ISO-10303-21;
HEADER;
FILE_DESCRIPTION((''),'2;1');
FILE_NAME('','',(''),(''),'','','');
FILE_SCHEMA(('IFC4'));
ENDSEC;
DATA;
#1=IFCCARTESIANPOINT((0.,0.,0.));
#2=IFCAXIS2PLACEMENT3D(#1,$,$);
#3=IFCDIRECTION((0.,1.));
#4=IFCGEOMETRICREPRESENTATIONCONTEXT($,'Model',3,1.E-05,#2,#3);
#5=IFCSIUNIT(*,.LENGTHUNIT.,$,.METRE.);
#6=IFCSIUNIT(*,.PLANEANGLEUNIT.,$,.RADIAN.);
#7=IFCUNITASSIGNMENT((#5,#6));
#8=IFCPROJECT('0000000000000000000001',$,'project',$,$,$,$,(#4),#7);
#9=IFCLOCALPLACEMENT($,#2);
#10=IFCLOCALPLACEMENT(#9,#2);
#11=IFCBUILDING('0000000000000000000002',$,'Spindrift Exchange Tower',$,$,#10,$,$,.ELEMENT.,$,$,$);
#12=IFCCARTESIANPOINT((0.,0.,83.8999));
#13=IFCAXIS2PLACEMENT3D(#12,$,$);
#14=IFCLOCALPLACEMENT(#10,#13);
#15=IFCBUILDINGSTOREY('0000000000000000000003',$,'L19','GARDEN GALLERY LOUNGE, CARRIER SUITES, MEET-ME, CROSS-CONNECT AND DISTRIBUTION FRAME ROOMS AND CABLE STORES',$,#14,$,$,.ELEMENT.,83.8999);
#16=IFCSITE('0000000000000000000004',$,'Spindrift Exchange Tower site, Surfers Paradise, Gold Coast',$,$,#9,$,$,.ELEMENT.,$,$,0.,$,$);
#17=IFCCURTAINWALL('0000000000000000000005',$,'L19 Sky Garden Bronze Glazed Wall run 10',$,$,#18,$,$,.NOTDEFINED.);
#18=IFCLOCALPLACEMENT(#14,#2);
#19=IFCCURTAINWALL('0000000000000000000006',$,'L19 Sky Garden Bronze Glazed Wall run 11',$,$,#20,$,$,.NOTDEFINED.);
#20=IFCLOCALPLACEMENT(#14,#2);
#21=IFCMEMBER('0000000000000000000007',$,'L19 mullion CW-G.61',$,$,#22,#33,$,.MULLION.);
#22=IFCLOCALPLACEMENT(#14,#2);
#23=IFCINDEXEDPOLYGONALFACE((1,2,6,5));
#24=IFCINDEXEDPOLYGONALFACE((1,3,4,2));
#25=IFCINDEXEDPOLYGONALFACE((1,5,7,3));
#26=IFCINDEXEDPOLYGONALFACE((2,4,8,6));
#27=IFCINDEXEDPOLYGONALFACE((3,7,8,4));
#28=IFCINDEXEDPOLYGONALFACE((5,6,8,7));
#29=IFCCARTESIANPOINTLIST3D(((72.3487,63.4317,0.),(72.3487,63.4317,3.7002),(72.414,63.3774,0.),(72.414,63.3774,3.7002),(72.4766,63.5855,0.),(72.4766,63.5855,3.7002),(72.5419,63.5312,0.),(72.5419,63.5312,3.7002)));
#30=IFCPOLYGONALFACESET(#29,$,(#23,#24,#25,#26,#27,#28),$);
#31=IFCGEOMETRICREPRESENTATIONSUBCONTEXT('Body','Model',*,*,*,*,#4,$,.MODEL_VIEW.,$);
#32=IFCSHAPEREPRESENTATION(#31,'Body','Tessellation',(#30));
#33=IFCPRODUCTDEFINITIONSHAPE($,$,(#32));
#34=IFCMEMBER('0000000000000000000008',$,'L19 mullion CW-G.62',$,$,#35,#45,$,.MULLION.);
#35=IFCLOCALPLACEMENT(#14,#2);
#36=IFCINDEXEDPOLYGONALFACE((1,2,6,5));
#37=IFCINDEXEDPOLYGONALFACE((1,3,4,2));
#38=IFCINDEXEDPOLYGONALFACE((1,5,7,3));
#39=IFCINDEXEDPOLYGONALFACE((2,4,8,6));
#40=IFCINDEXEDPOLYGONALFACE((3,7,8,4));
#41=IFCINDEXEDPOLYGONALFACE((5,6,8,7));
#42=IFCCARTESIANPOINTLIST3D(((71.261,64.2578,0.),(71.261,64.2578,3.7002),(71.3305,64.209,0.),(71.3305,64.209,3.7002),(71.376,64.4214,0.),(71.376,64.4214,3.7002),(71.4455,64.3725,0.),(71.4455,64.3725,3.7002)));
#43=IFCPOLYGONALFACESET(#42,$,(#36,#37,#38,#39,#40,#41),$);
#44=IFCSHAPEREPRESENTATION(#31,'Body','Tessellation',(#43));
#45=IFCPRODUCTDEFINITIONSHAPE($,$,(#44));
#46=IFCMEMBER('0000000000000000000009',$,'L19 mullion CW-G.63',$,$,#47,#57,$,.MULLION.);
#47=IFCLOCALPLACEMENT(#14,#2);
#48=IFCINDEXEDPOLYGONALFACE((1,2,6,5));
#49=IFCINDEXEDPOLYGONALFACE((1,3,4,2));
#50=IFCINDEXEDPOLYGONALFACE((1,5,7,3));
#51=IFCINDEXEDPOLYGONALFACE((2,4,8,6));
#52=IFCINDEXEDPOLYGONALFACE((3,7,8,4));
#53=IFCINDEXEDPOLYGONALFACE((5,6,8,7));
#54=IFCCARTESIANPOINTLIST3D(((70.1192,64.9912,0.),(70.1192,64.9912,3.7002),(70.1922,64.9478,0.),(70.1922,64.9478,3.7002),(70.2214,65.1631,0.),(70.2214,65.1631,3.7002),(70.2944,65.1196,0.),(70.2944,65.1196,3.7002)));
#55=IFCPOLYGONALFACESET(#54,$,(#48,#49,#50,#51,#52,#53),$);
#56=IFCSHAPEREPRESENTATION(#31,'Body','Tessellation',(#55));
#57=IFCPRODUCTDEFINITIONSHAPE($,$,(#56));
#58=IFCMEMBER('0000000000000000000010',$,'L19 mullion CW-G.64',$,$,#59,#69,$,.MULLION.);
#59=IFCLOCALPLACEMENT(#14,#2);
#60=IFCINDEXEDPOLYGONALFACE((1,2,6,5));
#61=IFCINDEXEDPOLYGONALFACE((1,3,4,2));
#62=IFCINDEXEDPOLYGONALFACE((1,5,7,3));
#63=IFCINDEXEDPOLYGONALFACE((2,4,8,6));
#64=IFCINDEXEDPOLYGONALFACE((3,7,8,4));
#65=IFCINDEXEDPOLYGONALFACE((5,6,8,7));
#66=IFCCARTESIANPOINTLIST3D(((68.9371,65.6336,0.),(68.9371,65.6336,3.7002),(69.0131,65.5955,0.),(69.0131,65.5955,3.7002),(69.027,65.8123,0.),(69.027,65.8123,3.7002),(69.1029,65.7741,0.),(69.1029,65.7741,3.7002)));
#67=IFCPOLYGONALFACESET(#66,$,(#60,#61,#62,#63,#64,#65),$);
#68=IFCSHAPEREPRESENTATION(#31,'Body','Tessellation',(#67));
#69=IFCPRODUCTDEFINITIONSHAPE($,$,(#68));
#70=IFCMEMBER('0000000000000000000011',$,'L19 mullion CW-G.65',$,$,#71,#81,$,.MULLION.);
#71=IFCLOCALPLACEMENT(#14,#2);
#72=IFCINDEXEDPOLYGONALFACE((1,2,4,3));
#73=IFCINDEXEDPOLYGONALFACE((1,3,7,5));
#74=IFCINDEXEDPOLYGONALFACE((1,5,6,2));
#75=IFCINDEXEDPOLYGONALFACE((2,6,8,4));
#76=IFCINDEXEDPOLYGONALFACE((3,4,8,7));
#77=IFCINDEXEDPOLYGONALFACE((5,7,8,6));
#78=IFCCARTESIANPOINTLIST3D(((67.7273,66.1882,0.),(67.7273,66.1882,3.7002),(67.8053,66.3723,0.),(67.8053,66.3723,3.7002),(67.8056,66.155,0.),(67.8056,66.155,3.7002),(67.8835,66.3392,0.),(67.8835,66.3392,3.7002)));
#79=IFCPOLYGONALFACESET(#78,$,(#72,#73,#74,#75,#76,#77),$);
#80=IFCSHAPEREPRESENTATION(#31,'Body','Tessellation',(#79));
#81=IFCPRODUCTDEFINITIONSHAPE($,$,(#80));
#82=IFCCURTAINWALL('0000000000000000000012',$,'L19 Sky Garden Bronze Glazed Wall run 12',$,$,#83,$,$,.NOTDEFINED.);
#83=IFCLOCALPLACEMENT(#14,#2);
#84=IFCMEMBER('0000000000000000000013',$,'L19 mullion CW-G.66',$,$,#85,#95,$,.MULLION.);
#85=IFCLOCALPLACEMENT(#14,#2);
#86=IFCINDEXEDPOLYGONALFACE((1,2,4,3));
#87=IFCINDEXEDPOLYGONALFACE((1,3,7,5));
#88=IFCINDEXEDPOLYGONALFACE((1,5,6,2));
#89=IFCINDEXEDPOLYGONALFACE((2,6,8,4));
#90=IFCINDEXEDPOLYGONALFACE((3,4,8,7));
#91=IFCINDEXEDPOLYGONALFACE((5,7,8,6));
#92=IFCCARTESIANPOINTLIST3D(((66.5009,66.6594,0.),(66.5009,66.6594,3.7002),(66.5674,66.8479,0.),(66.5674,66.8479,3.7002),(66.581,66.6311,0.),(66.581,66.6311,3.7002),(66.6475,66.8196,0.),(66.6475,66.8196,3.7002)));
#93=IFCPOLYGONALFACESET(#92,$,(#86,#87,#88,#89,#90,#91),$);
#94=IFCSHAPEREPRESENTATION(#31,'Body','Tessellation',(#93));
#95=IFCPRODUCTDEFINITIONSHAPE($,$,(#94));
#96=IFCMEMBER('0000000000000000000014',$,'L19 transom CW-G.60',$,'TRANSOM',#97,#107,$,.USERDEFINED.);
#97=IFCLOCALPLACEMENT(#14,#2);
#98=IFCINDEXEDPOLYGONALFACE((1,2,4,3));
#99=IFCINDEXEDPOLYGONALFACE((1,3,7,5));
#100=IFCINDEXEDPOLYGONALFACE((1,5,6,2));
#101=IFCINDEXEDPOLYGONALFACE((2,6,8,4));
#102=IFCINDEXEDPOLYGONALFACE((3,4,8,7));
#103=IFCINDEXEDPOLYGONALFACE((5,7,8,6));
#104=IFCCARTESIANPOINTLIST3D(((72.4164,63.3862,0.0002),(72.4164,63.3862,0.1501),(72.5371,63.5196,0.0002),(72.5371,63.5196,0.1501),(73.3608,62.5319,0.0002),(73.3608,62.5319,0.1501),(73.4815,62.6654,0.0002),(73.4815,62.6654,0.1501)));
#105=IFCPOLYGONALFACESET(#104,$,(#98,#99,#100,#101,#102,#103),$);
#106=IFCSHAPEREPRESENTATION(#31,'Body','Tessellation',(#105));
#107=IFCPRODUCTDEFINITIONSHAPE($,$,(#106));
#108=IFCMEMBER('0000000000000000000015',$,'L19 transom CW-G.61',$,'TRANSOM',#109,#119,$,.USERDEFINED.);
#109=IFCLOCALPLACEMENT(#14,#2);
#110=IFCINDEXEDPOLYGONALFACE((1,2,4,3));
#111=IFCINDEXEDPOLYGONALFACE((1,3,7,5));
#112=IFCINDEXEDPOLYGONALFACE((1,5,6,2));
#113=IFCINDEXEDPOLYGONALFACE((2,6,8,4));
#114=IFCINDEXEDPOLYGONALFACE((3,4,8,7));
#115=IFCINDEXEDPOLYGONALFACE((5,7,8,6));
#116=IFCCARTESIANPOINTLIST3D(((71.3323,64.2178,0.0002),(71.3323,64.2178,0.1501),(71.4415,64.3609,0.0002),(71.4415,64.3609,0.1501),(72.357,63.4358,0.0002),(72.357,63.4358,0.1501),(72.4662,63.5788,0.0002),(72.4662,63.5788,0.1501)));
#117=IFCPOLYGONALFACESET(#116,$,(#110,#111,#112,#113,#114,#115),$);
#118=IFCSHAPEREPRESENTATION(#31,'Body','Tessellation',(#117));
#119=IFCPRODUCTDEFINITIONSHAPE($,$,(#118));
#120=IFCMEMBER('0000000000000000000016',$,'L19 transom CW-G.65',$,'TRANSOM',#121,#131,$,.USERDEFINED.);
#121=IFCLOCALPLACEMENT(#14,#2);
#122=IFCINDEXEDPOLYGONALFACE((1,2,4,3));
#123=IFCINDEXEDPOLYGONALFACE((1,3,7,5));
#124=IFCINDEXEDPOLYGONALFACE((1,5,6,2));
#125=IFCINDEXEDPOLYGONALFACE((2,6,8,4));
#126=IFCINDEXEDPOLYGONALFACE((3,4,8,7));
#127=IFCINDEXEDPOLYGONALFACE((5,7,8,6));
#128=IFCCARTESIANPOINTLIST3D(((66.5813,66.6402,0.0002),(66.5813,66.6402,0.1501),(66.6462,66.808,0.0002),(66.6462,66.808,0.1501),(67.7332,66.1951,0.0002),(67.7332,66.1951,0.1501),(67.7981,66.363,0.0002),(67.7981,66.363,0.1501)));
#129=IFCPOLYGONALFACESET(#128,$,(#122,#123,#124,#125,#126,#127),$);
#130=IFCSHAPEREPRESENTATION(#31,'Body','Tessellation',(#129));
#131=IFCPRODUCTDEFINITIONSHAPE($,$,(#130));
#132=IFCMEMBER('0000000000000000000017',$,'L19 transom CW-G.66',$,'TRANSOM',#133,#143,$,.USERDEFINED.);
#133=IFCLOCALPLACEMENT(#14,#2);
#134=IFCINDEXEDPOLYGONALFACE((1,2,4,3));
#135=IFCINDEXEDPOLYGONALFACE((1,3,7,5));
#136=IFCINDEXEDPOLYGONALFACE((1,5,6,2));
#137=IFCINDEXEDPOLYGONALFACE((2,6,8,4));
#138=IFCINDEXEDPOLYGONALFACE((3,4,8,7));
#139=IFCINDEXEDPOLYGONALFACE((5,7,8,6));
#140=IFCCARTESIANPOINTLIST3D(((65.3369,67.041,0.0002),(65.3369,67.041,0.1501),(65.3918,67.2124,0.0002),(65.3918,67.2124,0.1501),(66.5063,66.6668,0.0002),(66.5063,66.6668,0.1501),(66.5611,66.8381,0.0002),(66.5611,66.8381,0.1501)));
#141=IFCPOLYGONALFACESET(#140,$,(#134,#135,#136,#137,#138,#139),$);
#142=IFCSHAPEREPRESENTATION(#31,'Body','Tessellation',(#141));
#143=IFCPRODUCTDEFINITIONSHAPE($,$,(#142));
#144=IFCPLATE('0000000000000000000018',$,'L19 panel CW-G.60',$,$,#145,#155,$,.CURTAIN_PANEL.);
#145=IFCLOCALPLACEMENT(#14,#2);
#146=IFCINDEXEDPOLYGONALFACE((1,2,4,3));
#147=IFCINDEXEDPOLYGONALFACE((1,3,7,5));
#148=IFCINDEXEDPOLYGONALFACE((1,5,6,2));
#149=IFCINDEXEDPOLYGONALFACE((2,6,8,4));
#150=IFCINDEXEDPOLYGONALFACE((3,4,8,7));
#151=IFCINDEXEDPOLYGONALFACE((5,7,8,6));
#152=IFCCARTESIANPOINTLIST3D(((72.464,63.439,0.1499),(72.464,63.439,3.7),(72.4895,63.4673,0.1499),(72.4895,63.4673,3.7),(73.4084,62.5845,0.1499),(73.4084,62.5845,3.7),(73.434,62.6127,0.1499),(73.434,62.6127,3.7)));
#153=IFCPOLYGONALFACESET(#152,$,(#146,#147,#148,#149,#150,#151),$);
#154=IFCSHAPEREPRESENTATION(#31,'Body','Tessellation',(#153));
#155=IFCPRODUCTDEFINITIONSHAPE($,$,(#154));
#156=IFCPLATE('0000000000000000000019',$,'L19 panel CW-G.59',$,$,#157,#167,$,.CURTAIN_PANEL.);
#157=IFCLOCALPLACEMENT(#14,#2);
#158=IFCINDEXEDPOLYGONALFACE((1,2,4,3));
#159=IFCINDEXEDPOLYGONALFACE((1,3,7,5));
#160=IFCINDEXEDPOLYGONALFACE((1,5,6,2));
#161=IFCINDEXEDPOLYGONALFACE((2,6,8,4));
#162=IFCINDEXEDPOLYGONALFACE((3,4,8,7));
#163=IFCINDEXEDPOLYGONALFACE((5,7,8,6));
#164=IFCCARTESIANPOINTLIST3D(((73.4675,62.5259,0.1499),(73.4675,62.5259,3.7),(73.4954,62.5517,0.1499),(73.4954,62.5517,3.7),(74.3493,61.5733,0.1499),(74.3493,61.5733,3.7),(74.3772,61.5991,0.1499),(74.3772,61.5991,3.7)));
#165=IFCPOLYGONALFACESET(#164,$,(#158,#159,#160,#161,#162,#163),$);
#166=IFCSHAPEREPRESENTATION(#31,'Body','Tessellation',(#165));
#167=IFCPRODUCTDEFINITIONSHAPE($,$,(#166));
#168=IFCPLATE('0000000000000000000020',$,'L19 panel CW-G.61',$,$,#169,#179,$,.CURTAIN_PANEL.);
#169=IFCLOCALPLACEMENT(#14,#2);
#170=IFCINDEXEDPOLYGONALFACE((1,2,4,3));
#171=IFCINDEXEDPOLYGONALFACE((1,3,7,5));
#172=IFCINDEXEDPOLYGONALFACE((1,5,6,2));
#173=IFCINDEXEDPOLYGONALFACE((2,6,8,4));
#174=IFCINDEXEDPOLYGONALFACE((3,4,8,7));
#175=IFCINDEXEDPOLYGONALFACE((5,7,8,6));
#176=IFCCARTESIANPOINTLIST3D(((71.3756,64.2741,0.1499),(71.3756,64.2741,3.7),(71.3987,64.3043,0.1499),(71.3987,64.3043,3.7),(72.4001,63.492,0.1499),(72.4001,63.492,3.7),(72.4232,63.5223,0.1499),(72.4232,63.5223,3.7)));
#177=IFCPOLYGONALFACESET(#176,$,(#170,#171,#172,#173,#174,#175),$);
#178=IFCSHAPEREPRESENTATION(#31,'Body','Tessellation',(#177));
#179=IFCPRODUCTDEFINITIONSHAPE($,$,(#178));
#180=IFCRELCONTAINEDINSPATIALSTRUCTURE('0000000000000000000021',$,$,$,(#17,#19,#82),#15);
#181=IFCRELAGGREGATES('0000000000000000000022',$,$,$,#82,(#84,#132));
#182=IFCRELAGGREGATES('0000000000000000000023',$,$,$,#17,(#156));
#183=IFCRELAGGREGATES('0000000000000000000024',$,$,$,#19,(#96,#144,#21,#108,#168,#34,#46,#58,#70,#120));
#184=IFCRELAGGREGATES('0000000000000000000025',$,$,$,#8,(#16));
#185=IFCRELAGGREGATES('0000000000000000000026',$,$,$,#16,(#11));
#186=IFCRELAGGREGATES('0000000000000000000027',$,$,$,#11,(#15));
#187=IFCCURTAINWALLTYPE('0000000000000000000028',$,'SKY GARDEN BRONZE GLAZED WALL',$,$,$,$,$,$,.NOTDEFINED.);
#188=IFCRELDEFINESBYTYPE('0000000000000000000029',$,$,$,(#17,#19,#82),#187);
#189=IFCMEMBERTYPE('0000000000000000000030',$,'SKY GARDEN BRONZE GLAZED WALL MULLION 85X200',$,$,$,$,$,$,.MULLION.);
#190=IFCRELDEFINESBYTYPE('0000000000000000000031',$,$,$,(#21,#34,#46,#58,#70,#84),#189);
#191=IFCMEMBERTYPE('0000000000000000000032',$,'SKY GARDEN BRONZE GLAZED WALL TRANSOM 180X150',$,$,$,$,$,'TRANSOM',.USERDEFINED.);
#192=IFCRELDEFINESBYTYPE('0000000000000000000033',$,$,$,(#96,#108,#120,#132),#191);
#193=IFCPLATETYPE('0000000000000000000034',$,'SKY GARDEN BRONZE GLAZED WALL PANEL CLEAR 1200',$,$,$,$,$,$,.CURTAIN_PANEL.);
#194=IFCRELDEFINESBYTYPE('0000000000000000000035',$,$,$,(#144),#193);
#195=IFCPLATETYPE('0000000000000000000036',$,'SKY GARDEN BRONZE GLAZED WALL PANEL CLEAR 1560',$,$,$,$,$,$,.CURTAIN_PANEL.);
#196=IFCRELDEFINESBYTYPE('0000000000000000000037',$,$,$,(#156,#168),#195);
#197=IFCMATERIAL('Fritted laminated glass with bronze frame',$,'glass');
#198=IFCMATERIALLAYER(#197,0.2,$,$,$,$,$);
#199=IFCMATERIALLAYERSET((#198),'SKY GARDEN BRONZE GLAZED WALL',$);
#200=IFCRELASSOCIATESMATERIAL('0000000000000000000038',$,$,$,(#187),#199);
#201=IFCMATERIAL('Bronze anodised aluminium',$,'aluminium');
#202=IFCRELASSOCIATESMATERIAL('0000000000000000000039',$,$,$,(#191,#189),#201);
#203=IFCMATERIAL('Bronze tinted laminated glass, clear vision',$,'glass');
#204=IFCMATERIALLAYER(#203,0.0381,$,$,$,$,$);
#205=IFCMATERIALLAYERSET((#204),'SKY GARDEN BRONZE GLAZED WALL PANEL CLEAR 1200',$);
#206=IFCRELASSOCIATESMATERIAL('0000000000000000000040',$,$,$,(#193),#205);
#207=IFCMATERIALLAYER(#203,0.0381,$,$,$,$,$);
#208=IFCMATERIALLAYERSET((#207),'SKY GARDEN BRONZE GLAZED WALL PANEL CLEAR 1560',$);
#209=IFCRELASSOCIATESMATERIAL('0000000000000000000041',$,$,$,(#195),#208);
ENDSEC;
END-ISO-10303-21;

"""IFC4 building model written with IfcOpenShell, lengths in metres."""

from ifc_helpers import new_model, si_unit, direction, frame, origin, origin_2d, place, context, subcontext, project, spatial, rectangle, extrude, source, transform, mapped, material, layer, layer_set, material_profile, profile_set, type_object, element, aggregate, save


model = new_model("IFC4")

# Units and contexts
model_context = context("Model", 3, precision=1e-05, world=origin(), true_north=direction((0.0, 1.0)))
body_context = subcontext(model_context, "Body", "Model", "MODEL_VIEW")
ifc_project = project(units=[si_unit("LENGTHUNIT", "METRE"), si_unit("PLANEANGLEUNIT", "RADIAN")], contexts=[model_context])

# Site, building, storey
site_placement = place(None, origin())
site = spatial("IfcSite", under=ifc_project, at=site_placement, Name="Spindrift Exchange Tower site, Surfers Paradise, Gold Coast", CompositionType="ELEMENT", RefElevation=0.0)
building_placement = place(site_placement, origin())
building = spatial("IfcBuilding", under=site, at=building_placement, Name="Spindrift Exchange Tower", CompositionType="ELEMENT")
storey_placement = place(building_placement, frame((0.0, 0.0, 83.8999)))
storey = spatial("IfcBuildingStorey", under=building, at=storey_placement, Name="L19", Description="GARDEN GALLERY LOUNGE, CARRIER SUITES, MEET-ME, CROSS-CONNECT AND DISTRIBUTION FRAME ROOMS AND CABLE STORES", CompositionType="ELEMENT", Elevation=83.8999)

# Curtain wall
ifc_material_1 = material(Name="Fritted laminated glass with bronze frame", Category="glass")
ifc_layer_1 = layer(ifc_material_1, 0.2)
ifc_layer_set_1 = layer_set([ifc_layer_1], Name="SKY GARDEN BRONZE GLAZED WALL")
curtain_wall_type = type_object("IfcCurtainWallType", Name="SKY GARDEN BRONZE GLAZED WALL", PredefinedType="NOTDEFINED", material=ifc_layer_set_1)
curtain_wall_1_placement = place(storey_placement, origin())
curtain_wall_1 = element("IfcCurtainWall", 1, at=curtain_wall_1_placement, inside=storey, type_object=curtain_wall_type, Name="L19 Sky Garden Bronze Glazed Wall run 10", PredefinedType="NOTDEFINED")
ifc_material_2 = material(Name="Bronze anodised aluminium", Category="aluminium")
ifc_material_profile_1 = material_profile(ifc_material_2, rectangle(XDim=0.1799, YDim=0.1499, at=origin_2d()), Name="SKY GARDEN BRONZE GLAZED WALL TRANSOM 180X150")
ifc_profile_set_1 = profile_set([ifc_material_profile_1], Name="Bronze anodised aluminium")
member_type_1 = type_object("IfcMemberType", Name="SKY GARDEN BRONZE GLAZED WALL TRANSOM 180X150", ElementType="TRANSOM", PredefinedType="USERDEFINED", material=ifc_profile_set_1)

# Curtain wall
curtain_wall_2_placement = place(storey_placement, origin())
curtain_wall_2 = element("IfcCurtainWall", 2, at=curtain_wall_2_placement, inside=storey, type_object=curtain_wall_type, Name="L19 Sky Garden Bronze Glazed Wall run 11", PredefinedType="NOTDEFINED")

# Members
ifc_material_profile_2 = material_profile(ifc_material_2, rectangle(XDim=0.085, YDim=0.2, at=origin_2d()), Name="SKY GARDEN BRONZE GLAZED WALL MULLION 85X200")
ifc_profile_set_2 = profile_set([ifc_material_profile_2], Name="Bronze anodised aluminium")
member_type_2 = type_object("IfcMemberType", Name="SKY GARDEN BRONZE GLAZED WALL MULLION 85X200", PredefinedType="MULLION", material=ifc_profile_set_2)
shared_shape_1 = source(origin(), body_context, "Body", "SweptSolid", [
    extrude(rectangle(XDim=0.085, YDim=0.2, at=origin_2d()), origin(), (0.0, 0.0, 1.0), 3.7002),
])
member_1_placement = place(storey_placement, frame((72.4453, 63.4814, 0.0), z_axis=(0.0, 0.0, 1.0), x_axis=(-0.768864, 0.639412, 0.0)))
member_1 = element("IfcMember", 3, at=member_1_placement, type_object=member_type_2, Name="L19 mullion CW-G.61", PredefinedType="MULLION", context=body_context, shape_type="MappedRepresentation", body=[
    mapped(shared_shape_1, transform((0.0, 0.0, 0.0), scale=1.0)),
])
member_2_placement = place(storey_placement, frame((71.3533, 64.3152, 0.0), z_axis=(0.0, 0.0, 1.0), x_axis=(-0.818118, 0.57505, 0.0)))
member_2 = element("IfcMember", 4, at=member_2_placement, type_object=member_type_2, Name="L19 mullion CW-G.62", PredefinedType="MULLION", context=body_context, shape_type="MappedRepresentation", body=[
    mapped(shared_shape_1, transform((0.0, 0.0, 0.0), scale=1.0)),
])
member_3_placement = place(storey_placement, frame((70.2068, 65.0554, 0.0), z_axis=(0.0, 0.0, 1.0), x_axis=(-0.859404, 0.511298, 0.0)))
member_3 = element("IfcMember", 5, at=member_3_placement, type_object=member_type_2, Name="L19 mullion CW-G.63", PredefinedType="MULLION", context=body_context, shape_type="MappedRepresentation", body=[
    mapped(shared_shape_1, transform((0.0, 0.0, 0.0), scale=1.0)),
])
member_4_placement = place(storey_placement, frame((69.02, 65.7039, 0.0), z_axis=(0.0, 0.0, 1.0), x_axis=(-0.893379, 0.449304, 0.0)))
member_4 = element("IfcMember", 6, at=member_4_placement, type_object=member_type_2, Name="L19 mullion CW-G.64", PredefinedType="MULLION", context=body_context, shape_type="MappedRepresentation", body=[
    mapped(shared_shape_1, transform((0.0, 0.0, 0.0), scale=1.0)),
])
member_5_placement = place(storey_placement, frame((67.8054, 66.2637, 0.0), z_axis=(0.0, 0.0, 1.0), x_axis=(-0.920936, 0.389714, 0.0)))
member_5 = element("IfcMember", 7, at=member_5_placement, type_object=member_type_2, Name="L19 mullion CW-G.65", PredefinedType="MULLION", context=body_context, shape_type="MappedRepresentation", body=[
    mapped(shared_shape_1, transform((0.0, 0.0, 0.0), scale=1.0)),
])

# Curtain wall, member
curtain_wall_3_placement = place(storey_placement, origin())
curtain_wall_3 = element("IfcCurtainWall", 8, at=curtain_wall_3_placement, inside=storey, type_object=curtain_wall_type, Name="L19 Sky Garden Bronze Glazed Wall run 12", PredefinedType="NOTDEFINED")
member_6_placement = place(storey_placement, frame((66.5742, 66.7395, 0.0), z_axis=(0.0, 0.0, 1.0), x_axis=(-0.942999, 0.332796, 0.0)))
member_6 = element("IfcMember", 9, at=member_6_placement, type_object=member_type_2, Name="L19 mullion CW-G.66", PredefinedType="MULLION", context=body_context, shape_type="MappedRepresentation", body=[
    mapped(shared_shape_1, transform((0.0, 0.0, 0.0), scale=1.0)),
])

# Members
shared_shape_2 = source(origin(), body_context, "Body", "SweptSolid", [
    extrude(rectangle(XDim=0.1799, YDim=0.1499, at=origin_2d()), origin(), (0.0, 0.0, 1.0), 1.2734),
])
member_7_placement = place(storey_placement, frame((73.4211, 62.5986, 0.0752), z_axis=(-0.741595, 0.670848, 0.0), x_axis=(-0.670848, -0.741595, 0.0)))
member_7 = element("IfcMember", 10, at=member_7_placement, type_object=member_type_1, Name="L19 transom CW-G.60", ObjectType="TRANSOM", PredefinedType="USERDEFINED", context=body_context, shape_type="MappedRepresentation", body=[
    mapped(shared_shape_2, transform((0.0, 0.0, 0.0), scale=1.0)),
])
shared_shape_3 = source(origin(), body_context, "Body", "SweptSolid", [
    extrude(rectangle(XDim=0.1799, YDim=0.1499, at=origin_2d()), origin(), (0.0, 0.0, 1.0), 1.2891),
])
member_8_placement = place(storey_placement, frame((72.4116, 63.5073, 0.0752), z_axis=(-0.794949, 0.606676, 0.0), x_axis=(-0.606676, -0.794949, 0.0)))
member_8 = element("IfcMember", 11, at=member_8_placement, type_object=member_type_1, Name="L19 transom CW-G.61", ObjectType="TRANSOM", PredefinedType="USERDEFINED", context=body_context, shape_type="MappedRepresentation", body=[
    mapped(shared_shape_3, transform((0.0, 0.0, 0.0), scale=1.0)),
])
shared_shape_4 = source(origin(), body_context, "Body", "SweptSolid", [
    extrude(rectangle(XDim=0.1799, YDim=0.1499, at=origin_2d()), origin(), (0.0, 0.0, 1.0), 1.2349),
])
member_9_placement = place(storey_placement, frame((67.7656, 66.2791, 0.0752), z_axis=(-0.932789, 0.360423, 0.0), x_axis=(-0.360423, -0.932789, 0.0)))
member_9 = element("IfcMember", 12, at=member_9_placement, type_object=member_type_1, Name="L19 transom CW-G.65", ObjectType="TRANSOM", PredefinedType="USERDEFINED", context=body_context, shape_type="MappedRepresentation", body=[
    mapped(shared_shape_4, transform((0.0, 0.0, 0.0), scale=1.0)),
])
shared_shape_5 = source(origin(), body_context, "Body", "SweptSolid", [
    extrude(rectangle(XDim=0.1799, YDim=0.1499, at=origin_2d()), origin(), (0.0, 0.0, 1.0), 1.2278),
])
member_10_placement = place(storey_placement, frame((66.5337, 66.7524, 0.0752), z_axis=(-0.952413, 0.304812, 0.0), x_axis=(-0.304812, -0.952413, 0.0)))
member_10 = element("IfcMember", 13, at=member_10_placement, type_object=member_type_1, Name="L19 transom CW-G.66", ObjectType="TRANSOM", PredefinedType="USERDEFINED", context=body_context, shape_type="MappedRepresentation", body=[
    mapped(shared_shape_5, transform((0.0, 0.0, 0.0), scale=1.0)),
])
aggregate(curtain_wall_3, [member_6, member_10])

# Plates
ifc_material_3 = material(Name="Bronze tinted laminated glass, clear vision", Category="glass")
ifc_layer_2 = layer(ifc_material_3, 0.0381)
ifc_layer_set_2 = layer_set([ifc_layer_2], Name="SKY GARDEN BRONZE GLAZED WALL PANEL CLEAR 1200")
plate_type_1 = type_object("IfcPlateType", Name="SKY GARDEN BRONZE GLAZED WALL PANEL CLEAR 1200", PredefinedType="CURTAIN_PANEL", material=ifc_layer_set_2)
shared_shape_6 = source(origin(), body_context, "Body", "SweptSolid", [
    extrude(rectangle(XDim=1.2737, YDim=0.0381, at=origin_2d()), origin(), (0.0, 0.0, 1.0), 3.55),
])
plate_1_placement = place(storey_placement, frame((72.949, 63.0259, 0.1499), z_axis=(0.0, 0.0, 1.0), x_axis=(-0.74152, 0.67093, 0.0)))
plate_1 = element("IfcPlate", 14, at=plate_1_placement, type_object=plate_type_1, Name="L19 panel CW-G.60", PredefinedType="CURTAIN_PANEL", context=body_context, shape_type="MappedRepresentation", body=[
    mapped(shared_shape_6, transform((0.0, 0.0, 0.0), scale=1.0)),
])
ifc_layer_3 = layer(ifc_material_3, 0.0381)
ifc_layer_set_3 = layer_set([ifc_layer_3], Name="SKY GARDEN BRONZE GLAZED WALL PANEL CLEAR 1560")
plate_type_2 = type_object("IfcPlateType", Name="SKY GARDEN BRONZE GLAZED WALL PANEL CLEAR 1560", PredefinedType="CURTAIN_PANEL", material=ifc_layer_set_3)
shared_shape_7 = source(origin(), body_context, "Body", "SweptSolid", [
    extrude(rectangle(XDim=1.2981, YDim=0.0381, at=origin_2d()), origin(), (0.0, 0.0, 1.0), 3.55),
])
plate_2_placement = place(storey_placement, frame((73.9224, 62.0625, 0.1499), z_axis=(0.0, 0.0, 1.0), x_axis=(-0.679321, 0.733841, 0.0)))
plate_2 = element("IfcPlate", 15, at=plate_2_placement, type_object=plate_type_2, Name="L19 panel CW-G.59", PredefinedType="CURTAIN_PANEL", context=body_context, shape_type="MappedRepresentation", body=[
    mapped(shared_shape_7, transform((0.0, 0.0, 0.0), scale=1.0)),
])
aggregate(curtain_wall_1, [plate_2])
shared_shape_8 = source(origin(), body_context, "Body", "SweptSolid", [
    extrude(rectangle(XDim=1.2888, YDim=0.0381, at=origin_2d()), origin(), (0.0, 0.0, 1.0), 3.55),
])
plate_3_placement = place(storey_placement, frame((71.8994, 63.8982, 0.1499), z_axis=(0.0, 0.0, 1.0), x_axis=(-0.79487, 0.606779, 0.0)))
plate_3 = element("IfcPlate", 16, at=plate_3_placement, type_object=plate_type_2, Name="L19 panel CW-G.61", PredefinedType="CURTAIN_PANEL", context=body_context, shape_type="MappedRepresentation", body=[
    mapped(shared_shape_8, transform((0.0, 0.0, 0.0), scale=1.0)),
])
aggregate(curtain_wall_2, [member_7, plate_1, member_1, member_8, plate_3, member_2, member_3, member_4, member_5, member_9])

save(model, "model.ifc")
